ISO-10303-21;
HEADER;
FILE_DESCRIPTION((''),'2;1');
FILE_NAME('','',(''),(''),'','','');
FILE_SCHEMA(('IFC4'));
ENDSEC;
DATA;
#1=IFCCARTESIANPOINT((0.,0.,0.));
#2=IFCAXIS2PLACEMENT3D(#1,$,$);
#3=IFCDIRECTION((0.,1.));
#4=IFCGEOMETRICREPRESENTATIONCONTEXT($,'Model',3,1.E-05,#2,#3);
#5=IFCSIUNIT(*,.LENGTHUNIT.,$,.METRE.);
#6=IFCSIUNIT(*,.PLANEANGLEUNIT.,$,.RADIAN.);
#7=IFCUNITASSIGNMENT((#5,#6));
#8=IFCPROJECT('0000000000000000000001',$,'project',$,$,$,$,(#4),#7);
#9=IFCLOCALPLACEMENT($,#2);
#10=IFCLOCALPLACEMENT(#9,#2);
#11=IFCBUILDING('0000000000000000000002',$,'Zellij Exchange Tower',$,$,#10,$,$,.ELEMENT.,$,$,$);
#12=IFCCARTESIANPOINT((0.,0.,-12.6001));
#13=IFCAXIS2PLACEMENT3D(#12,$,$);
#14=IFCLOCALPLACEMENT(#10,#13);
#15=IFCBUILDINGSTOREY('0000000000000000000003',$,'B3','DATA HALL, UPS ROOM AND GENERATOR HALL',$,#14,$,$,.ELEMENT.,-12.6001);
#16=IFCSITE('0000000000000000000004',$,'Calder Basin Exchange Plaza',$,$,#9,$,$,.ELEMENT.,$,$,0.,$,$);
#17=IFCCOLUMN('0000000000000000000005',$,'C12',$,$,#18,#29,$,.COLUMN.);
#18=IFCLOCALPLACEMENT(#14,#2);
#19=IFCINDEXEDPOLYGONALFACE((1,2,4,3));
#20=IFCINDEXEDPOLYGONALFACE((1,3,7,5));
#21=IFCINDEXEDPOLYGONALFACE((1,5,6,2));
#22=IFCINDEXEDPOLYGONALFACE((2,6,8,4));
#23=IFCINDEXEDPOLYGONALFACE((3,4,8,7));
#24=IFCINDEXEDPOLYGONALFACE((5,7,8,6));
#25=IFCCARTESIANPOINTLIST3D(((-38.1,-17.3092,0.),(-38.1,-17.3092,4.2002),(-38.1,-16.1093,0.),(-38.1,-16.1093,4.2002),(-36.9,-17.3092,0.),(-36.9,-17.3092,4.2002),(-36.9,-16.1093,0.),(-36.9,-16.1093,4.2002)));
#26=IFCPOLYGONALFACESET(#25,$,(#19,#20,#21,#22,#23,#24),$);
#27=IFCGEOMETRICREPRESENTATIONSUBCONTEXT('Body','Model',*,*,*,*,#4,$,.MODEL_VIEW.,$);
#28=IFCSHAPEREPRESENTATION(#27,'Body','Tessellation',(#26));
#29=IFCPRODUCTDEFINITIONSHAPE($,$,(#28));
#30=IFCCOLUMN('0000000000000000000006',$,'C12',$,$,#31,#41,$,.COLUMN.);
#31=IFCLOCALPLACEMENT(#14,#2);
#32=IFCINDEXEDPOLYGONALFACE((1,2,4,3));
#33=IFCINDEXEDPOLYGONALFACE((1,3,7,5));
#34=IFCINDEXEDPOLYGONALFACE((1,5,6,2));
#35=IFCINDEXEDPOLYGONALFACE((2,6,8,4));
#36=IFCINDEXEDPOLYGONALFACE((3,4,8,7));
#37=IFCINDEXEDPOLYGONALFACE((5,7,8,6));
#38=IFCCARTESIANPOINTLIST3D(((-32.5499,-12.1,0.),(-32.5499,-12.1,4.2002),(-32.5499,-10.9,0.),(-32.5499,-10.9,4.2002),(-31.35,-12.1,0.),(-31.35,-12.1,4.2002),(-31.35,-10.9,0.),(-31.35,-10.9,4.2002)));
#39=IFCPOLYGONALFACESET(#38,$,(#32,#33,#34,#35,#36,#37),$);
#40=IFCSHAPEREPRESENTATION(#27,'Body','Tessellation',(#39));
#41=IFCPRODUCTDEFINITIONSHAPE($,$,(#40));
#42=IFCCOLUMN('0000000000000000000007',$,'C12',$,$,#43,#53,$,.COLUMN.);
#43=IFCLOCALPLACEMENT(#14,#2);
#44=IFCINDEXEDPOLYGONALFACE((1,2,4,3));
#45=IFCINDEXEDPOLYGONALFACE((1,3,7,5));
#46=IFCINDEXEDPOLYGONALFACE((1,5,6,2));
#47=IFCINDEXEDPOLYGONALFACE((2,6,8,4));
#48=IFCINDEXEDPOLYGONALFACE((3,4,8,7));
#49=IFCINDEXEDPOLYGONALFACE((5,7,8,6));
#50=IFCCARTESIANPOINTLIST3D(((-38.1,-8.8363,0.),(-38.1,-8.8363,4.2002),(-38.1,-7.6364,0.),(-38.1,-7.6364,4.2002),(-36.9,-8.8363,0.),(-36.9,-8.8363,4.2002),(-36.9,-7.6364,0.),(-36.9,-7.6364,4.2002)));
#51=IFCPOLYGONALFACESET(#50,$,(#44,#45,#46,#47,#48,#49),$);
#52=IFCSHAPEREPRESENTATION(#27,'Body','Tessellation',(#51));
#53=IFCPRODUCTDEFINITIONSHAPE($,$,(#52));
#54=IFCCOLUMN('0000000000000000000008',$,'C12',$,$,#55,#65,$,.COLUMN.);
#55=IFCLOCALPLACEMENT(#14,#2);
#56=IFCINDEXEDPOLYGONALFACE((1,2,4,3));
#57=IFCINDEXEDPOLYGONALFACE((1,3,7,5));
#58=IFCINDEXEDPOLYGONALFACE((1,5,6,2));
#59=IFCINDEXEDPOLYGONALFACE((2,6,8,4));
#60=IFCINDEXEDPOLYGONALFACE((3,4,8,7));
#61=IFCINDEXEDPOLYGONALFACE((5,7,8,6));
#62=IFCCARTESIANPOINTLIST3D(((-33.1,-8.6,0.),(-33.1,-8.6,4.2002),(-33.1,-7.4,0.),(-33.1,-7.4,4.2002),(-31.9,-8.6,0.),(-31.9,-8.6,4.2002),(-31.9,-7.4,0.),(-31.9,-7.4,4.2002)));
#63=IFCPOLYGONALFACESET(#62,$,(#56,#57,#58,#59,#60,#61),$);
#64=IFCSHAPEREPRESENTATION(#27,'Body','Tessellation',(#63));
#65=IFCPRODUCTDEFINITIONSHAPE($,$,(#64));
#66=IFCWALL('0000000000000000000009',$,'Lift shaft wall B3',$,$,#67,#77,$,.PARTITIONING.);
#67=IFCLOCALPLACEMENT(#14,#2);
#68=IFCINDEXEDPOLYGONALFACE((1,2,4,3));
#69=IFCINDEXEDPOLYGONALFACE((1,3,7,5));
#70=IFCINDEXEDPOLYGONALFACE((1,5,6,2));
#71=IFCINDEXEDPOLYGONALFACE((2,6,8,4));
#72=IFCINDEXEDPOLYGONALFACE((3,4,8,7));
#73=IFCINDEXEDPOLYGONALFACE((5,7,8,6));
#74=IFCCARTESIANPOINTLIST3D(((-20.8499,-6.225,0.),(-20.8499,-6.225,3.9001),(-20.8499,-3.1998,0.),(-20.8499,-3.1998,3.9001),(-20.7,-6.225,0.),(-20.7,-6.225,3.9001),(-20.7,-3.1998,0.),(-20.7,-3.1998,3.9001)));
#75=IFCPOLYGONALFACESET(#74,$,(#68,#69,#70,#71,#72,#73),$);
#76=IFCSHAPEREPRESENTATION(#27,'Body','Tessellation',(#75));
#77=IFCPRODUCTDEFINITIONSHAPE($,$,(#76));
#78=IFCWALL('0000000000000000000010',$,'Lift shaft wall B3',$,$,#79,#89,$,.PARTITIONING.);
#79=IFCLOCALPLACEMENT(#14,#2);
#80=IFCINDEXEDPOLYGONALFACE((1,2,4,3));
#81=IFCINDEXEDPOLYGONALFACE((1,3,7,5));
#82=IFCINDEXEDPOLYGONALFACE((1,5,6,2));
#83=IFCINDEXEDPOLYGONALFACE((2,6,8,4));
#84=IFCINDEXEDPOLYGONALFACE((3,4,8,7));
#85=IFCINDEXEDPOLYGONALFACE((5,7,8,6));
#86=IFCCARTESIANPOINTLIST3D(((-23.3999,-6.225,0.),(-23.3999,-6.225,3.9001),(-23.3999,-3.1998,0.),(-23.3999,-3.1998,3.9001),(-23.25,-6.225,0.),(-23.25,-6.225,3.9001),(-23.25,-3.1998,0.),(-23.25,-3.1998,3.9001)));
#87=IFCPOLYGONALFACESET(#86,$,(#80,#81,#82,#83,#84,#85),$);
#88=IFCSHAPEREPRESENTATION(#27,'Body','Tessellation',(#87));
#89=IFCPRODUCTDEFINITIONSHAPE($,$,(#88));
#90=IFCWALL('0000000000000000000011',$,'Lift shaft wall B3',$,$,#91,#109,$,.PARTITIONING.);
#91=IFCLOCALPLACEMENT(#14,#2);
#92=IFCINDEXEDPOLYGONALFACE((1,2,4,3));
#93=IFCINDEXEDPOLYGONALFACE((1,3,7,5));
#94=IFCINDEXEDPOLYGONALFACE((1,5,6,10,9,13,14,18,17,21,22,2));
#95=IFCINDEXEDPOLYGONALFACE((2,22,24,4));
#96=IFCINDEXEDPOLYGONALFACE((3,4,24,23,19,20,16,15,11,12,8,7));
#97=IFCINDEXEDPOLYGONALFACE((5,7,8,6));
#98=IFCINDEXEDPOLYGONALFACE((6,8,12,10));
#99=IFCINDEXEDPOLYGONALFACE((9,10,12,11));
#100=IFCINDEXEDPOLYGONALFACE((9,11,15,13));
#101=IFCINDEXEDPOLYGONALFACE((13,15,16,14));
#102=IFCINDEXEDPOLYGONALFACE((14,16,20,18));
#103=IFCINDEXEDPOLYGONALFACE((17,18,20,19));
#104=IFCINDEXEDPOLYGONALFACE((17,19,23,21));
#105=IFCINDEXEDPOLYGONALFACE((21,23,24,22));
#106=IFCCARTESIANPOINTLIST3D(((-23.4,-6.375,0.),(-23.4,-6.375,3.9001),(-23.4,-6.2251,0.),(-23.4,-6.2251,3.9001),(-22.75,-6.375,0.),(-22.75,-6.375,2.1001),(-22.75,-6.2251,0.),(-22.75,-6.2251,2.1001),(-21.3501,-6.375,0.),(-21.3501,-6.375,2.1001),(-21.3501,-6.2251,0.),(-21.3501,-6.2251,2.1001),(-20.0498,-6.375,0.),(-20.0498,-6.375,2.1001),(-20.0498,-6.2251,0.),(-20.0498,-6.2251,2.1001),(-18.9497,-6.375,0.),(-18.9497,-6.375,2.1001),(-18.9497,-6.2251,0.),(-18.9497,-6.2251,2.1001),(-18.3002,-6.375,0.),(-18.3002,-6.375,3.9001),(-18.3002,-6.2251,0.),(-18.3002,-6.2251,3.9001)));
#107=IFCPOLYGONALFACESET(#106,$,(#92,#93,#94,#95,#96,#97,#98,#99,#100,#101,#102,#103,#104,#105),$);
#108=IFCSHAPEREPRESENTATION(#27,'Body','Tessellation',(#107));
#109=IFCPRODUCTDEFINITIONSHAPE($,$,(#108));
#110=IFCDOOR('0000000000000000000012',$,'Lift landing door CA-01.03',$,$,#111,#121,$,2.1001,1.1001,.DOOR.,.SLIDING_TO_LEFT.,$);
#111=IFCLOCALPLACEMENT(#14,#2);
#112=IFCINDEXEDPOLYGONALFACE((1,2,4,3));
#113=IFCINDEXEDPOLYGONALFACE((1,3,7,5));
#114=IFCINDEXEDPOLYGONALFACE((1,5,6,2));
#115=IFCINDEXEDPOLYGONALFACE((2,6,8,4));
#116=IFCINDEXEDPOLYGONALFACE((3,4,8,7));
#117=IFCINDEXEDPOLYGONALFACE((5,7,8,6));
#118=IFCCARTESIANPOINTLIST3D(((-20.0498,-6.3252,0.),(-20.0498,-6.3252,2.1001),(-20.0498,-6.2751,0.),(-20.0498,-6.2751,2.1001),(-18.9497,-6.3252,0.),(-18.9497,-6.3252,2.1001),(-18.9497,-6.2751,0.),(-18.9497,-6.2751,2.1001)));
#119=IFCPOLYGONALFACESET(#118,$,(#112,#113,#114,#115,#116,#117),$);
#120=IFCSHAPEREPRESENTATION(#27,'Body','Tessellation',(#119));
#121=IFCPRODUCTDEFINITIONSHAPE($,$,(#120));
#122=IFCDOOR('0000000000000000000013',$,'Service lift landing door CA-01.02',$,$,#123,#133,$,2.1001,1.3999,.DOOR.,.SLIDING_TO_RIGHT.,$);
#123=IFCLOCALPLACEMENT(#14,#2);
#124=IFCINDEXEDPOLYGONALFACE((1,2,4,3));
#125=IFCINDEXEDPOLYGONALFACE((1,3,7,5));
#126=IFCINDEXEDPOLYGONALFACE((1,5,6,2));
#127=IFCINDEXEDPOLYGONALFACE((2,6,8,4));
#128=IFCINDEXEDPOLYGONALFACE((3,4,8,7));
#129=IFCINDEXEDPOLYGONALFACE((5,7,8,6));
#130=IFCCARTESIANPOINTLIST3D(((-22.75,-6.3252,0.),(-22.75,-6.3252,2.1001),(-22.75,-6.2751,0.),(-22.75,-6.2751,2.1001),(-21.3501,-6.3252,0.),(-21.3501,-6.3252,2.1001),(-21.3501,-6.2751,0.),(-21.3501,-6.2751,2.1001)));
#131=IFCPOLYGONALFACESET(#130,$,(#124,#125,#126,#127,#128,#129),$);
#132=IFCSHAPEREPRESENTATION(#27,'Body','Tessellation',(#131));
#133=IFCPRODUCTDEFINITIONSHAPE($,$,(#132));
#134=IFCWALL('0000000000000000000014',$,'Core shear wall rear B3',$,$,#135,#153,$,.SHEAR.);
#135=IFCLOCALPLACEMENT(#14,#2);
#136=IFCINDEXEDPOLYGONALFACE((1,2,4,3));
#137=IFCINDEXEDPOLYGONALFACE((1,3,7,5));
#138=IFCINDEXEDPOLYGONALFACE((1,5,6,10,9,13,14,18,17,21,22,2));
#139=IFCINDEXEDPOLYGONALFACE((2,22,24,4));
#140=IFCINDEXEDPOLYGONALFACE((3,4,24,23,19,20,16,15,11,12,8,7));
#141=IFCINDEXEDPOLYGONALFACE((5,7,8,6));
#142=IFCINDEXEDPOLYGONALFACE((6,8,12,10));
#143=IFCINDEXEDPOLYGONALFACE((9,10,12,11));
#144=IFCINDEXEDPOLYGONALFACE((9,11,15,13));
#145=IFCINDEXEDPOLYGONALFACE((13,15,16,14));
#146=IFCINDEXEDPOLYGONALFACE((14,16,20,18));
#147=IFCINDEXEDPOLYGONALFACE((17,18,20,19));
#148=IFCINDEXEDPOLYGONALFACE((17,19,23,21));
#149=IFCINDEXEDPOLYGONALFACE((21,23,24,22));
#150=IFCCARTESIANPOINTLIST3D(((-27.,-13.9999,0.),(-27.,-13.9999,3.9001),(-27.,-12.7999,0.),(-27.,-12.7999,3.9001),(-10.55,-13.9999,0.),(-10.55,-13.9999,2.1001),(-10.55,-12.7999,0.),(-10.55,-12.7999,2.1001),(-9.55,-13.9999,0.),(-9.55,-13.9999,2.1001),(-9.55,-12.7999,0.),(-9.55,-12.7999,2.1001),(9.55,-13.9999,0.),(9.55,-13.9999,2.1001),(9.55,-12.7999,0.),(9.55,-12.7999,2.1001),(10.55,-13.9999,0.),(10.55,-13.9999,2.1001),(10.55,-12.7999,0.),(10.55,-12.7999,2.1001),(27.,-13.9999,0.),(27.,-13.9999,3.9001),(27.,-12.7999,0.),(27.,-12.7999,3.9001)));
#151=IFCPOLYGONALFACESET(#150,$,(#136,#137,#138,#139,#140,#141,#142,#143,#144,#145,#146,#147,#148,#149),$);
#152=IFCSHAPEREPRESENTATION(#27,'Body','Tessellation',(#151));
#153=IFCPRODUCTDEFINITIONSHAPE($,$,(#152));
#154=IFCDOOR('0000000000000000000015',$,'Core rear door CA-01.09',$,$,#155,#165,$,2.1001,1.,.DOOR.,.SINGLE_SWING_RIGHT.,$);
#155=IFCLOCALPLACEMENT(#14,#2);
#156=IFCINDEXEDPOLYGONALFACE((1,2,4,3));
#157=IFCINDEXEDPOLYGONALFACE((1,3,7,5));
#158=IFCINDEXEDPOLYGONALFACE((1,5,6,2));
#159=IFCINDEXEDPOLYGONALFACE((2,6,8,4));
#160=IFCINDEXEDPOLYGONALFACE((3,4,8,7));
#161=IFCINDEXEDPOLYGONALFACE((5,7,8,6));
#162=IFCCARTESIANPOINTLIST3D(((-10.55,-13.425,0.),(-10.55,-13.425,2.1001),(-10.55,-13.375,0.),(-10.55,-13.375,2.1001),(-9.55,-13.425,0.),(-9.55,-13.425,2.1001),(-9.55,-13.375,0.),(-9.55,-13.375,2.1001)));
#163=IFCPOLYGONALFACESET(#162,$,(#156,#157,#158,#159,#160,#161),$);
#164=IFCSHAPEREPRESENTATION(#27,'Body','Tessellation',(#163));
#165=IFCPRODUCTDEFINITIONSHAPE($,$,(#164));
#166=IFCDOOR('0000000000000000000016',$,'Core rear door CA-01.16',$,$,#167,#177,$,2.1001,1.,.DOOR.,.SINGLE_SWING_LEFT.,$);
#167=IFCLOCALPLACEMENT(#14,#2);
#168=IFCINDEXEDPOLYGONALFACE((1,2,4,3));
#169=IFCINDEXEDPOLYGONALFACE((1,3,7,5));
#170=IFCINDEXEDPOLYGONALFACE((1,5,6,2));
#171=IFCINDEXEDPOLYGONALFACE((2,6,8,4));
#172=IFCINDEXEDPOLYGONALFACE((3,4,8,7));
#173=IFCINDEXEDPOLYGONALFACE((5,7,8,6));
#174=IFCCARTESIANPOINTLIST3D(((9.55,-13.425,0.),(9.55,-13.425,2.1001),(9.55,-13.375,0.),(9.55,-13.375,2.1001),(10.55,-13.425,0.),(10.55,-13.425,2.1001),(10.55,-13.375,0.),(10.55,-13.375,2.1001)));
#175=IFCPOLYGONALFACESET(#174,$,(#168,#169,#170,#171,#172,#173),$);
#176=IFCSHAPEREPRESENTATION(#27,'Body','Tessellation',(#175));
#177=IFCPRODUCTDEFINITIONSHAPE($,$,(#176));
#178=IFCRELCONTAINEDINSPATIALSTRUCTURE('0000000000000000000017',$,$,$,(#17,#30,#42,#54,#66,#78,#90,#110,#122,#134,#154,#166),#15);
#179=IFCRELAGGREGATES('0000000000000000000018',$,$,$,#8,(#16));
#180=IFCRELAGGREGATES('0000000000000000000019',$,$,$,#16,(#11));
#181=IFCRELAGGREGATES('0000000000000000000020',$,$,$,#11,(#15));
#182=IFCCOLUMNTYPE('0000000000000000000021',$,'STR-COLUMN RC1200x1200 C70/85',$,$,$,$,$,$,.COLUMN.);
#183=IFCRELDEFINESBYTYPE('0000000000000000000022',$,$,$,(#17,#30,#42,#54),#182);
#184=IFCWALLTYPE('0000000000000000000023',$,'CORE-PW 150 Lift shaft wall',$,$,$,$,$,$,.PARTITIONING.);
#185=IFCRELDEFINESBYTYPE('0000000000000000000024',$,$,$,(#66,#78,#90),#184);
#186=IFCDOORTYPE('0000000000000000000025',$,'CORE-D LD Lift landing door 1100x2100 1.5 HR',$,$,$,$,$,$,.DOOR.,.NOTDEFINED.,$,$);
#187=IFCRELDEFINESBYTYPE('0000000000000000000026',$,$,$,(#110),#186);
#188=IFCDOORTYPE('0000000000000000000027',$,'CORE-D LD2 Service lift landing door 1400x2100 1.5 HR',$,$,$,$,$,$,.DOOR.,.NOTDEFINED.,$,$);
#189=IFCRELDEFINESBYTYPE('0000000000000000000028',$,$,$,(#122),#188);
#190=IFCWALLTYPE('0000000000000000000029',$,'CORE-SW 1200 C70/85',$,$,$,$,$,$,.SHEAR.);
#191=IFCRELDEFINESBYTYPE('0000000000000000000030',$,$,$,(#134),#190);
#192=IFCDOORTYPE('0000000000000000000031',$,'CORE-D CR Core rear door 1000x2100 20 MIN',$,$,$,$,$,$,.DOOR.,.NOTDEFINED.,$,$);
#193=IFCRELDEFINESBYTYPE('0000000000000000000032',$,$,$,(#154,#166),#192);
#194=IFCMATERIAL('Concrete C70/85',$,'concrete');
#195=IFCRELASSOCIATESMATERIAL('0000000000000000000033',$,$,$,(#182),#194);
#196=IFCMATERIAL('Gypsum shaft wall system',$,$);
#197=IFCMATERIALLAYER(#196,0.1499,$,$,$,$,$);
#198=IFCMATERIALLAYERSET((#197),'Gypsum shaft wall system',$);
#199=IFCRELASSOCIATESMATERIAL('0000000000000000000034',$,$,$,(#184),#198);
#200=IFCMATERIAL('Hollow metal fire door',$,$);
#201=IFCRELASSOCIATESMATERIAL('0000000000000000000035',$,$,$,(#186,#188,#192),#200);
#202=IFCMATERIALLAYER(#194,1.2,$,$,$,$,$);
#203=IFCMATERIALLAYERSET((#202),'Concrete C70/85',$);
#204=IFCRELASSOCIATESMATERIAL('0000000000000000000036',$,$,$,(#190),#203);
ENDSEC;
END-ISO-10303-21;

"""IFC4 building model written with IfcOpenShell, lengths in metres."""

from ifc_helpers import new_model, si_unit, direction, frame, frame_2d, origin, origin_2d, place, context, subcontext, project, spatial, rectangle, extrude, material, layer, layer_set, material_profile, profile_set, type_object, element, fill, save


model = new_model("IFC4")

# Units and contexts
model_context = context("Model", 3, precision=1e-05, world=origin(), true_north=direction((0.0, 1.0)))
body_context = subcontext(model_context, "Body", "Model", "MODEL_VIEW")
ifc_project = project(units=[si_unit("LENGTHUNIT", "METRE"), si_unit("PLANEANGLEUNIT", "RADIAN")], contexts=[model_context])

# Site, building, storey
site_placement = place(None, origin())
site = spatial("IfcSite", under=ifc_project, at=site_placement, Name="Calder Basin Exchange Plaza", CompositionType="ELEMENT", RefElevation=0.0)
building_placement = place(site_placement, origin())
building = spatial("IfcBuilding", under=site, at=building_placement, Name="Zellij Exchange Tower", CompositionType="ELEMENT")
storey_placement = place(building_placement, frame((0.0, 0.0, -12.6001)))
storey = spatial("IfcBuildingStorey", under=building, at=storey_placement, Name="B3", Description="DATA HALL, UPS ROOM AND GENERATOR HALL", CompositionType="ELEMENT", Elevation=-12.6001)

# Columns
ifc_material_1 = material(Name="Concrete C70/85", Category="concrete")
ifc_material_profile_1 = material_profile(ifc_material_1, rectangle(XDim=1.2, YDim=1.2, at=origin_2d()), Name="STR-COLUMN RC1200x1200 C70/85")
ifc_profile_set_1 = profile_set([ifc_material_profile_1], Name="Concrete C70/85")
column_type = type_object("IfcColumnType", Name="STR-COLUMN RC1200x1200 C70/85", PredefinedType="COLUMN", material=ifc_profile_set_1)
for number, where, z_axis, x_axis, name in (
    (1, (-37.5, -16.7092, 0.0), (0.0, 0.0, 1.0), (1.0, 0.0, 0.0), "C12"),
    (2, (-31.95, -11.5, 0.0), (0.0, 0.0, 1.0), (1.0, 0.0, 0.0), "C12"),
    (3, (-37.5, -8.2363, 0.0), (0.0, 0.0, 1.0), (1.0, 0.0, 0.0), "C12"),
    (4, (-32.5, -8.0, 0.0), (0.0, 0.0, 1.0), (1.0, 0.0, 0.0), "C12"),
):
    element("IfcColumn", number, at=place(storey_placement, frame(where, z_axis=z_axis, x_axis=x_axis)), inside=storey, type_object=column_type, Name=name, PredefinedType="COLUMN", context=body_context, shape_type="SweptSolid", body=[
        extrude(rectangle(XDim=1.2, YDim=1.2, at=origin_2d()), origin(), (0.0, 0.0, 1.0), 4.2002),
    ])

# Walls
ifc_material_2 = material(Name="Gypsum shaft wall system")
ifc_layer_1 = layer(ifc_material_2, 0.1499)
ifc_layer_set_1 = layer_set([ifc_layer_1], Name="Gypsum shaft wall system")
wall_type_1 = type_object("IfcWallType", Name="CORE-PW 150 Lift shaft wall", PredefinedType="PARTITIONING", material=ifc_layer_set_1)
for number, where, z_axis, x_axis, name in (
    (5, (-20.7749, -6.2251, 0.0), (0.0, 0.0, 1.0), (0.0, 1.0, 0.0), "Lift shaft wall B3"),
    (6, (-23.325, -6.2251, 0.0), (0.0, 0.0, 1.0), (0.0, 1.0, 0.0), "Lift shaft wall B3"),
):
    element("IfcWall", number, at=place(storey_placement, frame(where, z_axis=z_axis, x_axis=x_axis)), inside=storey, type_object=wall_type_1, Name=name, PredefinedType="PARTITIONING", context=body_context, shape_type="SweptSolid", body=[
        extrude(rectangle(XDim=3.0251, YDim=0.1499, at=frame_2d((1.5127, 0.0))), origin(), (0.0, 0.0, 1.0), 3.9001),
    ])

# Walls, openings, doors
wall_1_placement = place(storey_placement, frame((-23.3999, -6.3, 0.0), z_axis=(0.0, 0.0, 1.0), x_axis=(1.0, 0.0, 0.0)))
wall_1 = element("IfcWall", 7, at=wall_1_placement, inside=storey, type_object=wall_type_1, Name="Lift shaft wall B3", PredefinedType="PARTITIONING", context=body_context, shape_type="SweptSolid", body=[
    extrude(rectangle(XDim=5.0999, YDim=0.1499, at=frame_2d((2.5498, 0.0))), origin(), (0.0, 0.0, 1.0), 3.9001),
])
opening_1_placement = place(wall_1_placement, frame((0.6499, 0.0, 0.0)))
opening_1 = element("IfcOpeningElement", 8, at=opening_1_placement, cuts=wall_1, PredefinedType="OPENING", context=body_context, shape_type="SweptSolid", body=[
    extrude(rectangle(XDim=1.3999, YDim=2.1001, at=frame_2d((0.7, 1.05))), frame((0.0, 0.0869, 0.0), z_axis=(0.0, -1.0, 0.0), x_axis=(1.0, 0.0, 0.0)), (0.0, 0.0, 1.0), 0.1738),
])
opening_2_placement = place(wall_1_placement, frame((3.3501, 0.0, 0.0)))
opening_2 = element("IfcOpeningElement", 9, at=opening_2_placement, cuts=wall_1, PredefinedType="OPENING", context=body_context, shape_type="SweptSolid", body=[
    extrude(rectangle(XDim=1.1001, YDim=2.1001, at=frame_2d((0.55, 1.05))), frame((0.0, 0.0869, 0.0), z_axis=(0.0, -1.0, 0.0), x_axis=(1.0, 0.0, 0.0)), (0.0, 0.0, 1.0), 0.1738),
])
ifc_material_3 = material(Name="Hollow metal fire door")
door_type_1 = type_object("IfcDoorType", Name="CORE-D LD Lift landing door 1100x2100 1.5 HR", OperationType="NOTDEFINED", PredefinedType="DOOR", material=ifc_material_3)
door_1_placement = place(opening_2_placement, origin())
door_1 = element("IfcDoor", 10, at=door_1_placement, inside=storey, type_object=door_type_1, Name="Lift landing door CA-01.03", OperationType="SLIDING_TO_LEFT", OverallHeight=2.1001, OverallWidth=1.1001, PredefinedType="DOOR", context=body_context, shape_type="SweptSolid", body=[
    extrude(rectangle(XDim=1.1001, YDim=2.1001, at=frame_2d((0.55, 1.05))), frame((0.0, 0.0249, 0.0), z_axis=(0.0, -1.0, 0.0), x_axis=(1.0, 0.0, 0.0)), (0.0, 0.0, 1.0), 0.05),
])
fill(opening_2, door_1)
door_type_2 = type_object("IfcDoorType", Name="CORE-D LD2 Service lift landing door 1400x2100 1.5 HR", OperationType="NOTDEFINED", PredefinedType="DOOR", material=ifc_material_3)
door_2_placement = place(opening_1_placement, origin())
door_2 = element("IfcDoor", 11, at=door_2_placement, inside=storey, type_object=door_type_2, Name="Service lift landing door CA-01.02", OperationType="SLIDING_TO_RIGHT", OverallHeight=2.1001, OverallWidth=1.3999, PredefinedType="DOOR", context=body_context, shape_type="SweptSolid", body=[
    extrude(rectangle(XDim=1.3999, YDim=2.1001, at=frame_2d((0.7, 1.05))), frame((0.0, 0.0249, 0.0), z_axis=(0.0, -1.0, 0.0), x_axis=(1.0, 0.0, 0.0)), (0.0, 0.0, 1.0), 0.05),
])
fill(opening_1, door_2)
ifc_layer_2 = layer(ifc_material_1, 1.2)
ifc_layer_set_2 = layer_set([ifc_layer_2], Name="Concrete C70/85")
wall_type_2 = type_object("IfcWallType", Name="CORE-SW 1200 C70/85", PredefinedType="SHEAR", material=ifc_layer_set_2)
wall_2_placement = place(storey_placement, frame((-27.0, -13.3999, 0.0), z_axis=(0.0, 0.0, 1.0), x_axis=(1.0, 0.0, 0.0)))
wall_2 = element("IfcWall", 12, at=wall_2_placement, inside=storey, type_object=wall_type_2, Name="Core shear wall rear B3", PredefinedType="SHEAR", context=body_context, shape_type="SweptSolid", body=[
    extrude(rectangle(XDim=54.0, YDim=1.2, at=frame_2d((27.0, 0.0))), origin(), (0.0, 0.0, 1.0), 3.9001),
])
opening_3_placement = place(wall_2_placement, frame((16.45, 0.0, 0.0)))
opening_3 = element("IfcOpeningElement", 13, at=opening_3_placement, cuts=wall_2, PredefinedType="OPENING", context=body_context, shape_type="SweptSolid", body=[
    extrude(rectangle(XDim=1.0, YDim=2.1001, at=frame_2d((0.5, 1.05))), frame((0.0, 0.6118, 0.0), z_axis=(0.0, -1.0, 0.0), x_axis=(1.0, 0.0, 0.0)), (0.0, 0.0, 1.0), 1.2239),
])
opening_4_placement = place(wall_2_placement, frame((36.55, 0.0, 0.0)))
opening_4 = element("IfcOpeningElement", 14, at=opening_4_placement, cuts=wall_2, PredefinedType="OPENING", context=body_context, shape_type="SweptSolid", body=[
    extrude(rectangle(XDim=1.0, YDim=2.1001, at=frame_2d((0.5, 1.05))), frame((0.0, 0.6118, 0.0), z_axis=(0.0, -1.0, 0.0), x_axis=(1.0, 0.0, 0.0)), (0.0, 0.0, 1.0), 1.2239),
])
door_type_3 = type_object("IfcDoorType", Name="CORE-D CR Core rear door 1000x2100 20 MIN", OperationType="NOTDEFINED", PredefinedType="DOOR", material=ifc_material_3)
door_3_placement = place(opening_3_placement, origin())
door_3 = element("IfcDoor", 15, at=door_3_placement, inside=storey, type_object=door_type_3, Name="Core rear door CA-01.09", OperationType="SINGLE_SWING_RIGHT", OverallHeight=2.1001, OverallWidth=1.0, PredefinedType="DOOR", context=body_context, shape_type="SweptSolid", body=[
    extrude(rectangle(XDim=1.0, YDim=2.1001, at=frame_2d((0.5, 1.05))), frame((0.0, 0.0249, 0.0), z_axis=(0.0, -1.0, 0.0), x_axis=(1.0, 0.0, 0.0)), (0.0, 0.0, 1.0), 0.05),
])
fill(opening_3, door_3)
door_4_placement = place(opening_4_placement, origin())
door_4 = element("IfcDoor", 16, at=door_4_placement, inside=storey, type_object=door_type_3, Name="Core rear door CA-01.16", OperationType="SINGLE_SWING_LEFT", OverallHeight=2.1001, OverallWidth=1.0, PredefinedType="DOOR", context=body_context, shape_type="SweptSolid", body=[
    extrude(rectangle(XDim=1.0, YDim=2.1001, at=frame_2d((0.5, 1.05))), frame((0.0, 0.0249, 0.0), z_axis=(0.0, -1.0, 0.0), x_axis=(1.0, 0.0, 0.0)), (0.0, 0.0, 1.0), 0.05),
])
fill(opening_4, door_4)

save(model, "model.ifc")
